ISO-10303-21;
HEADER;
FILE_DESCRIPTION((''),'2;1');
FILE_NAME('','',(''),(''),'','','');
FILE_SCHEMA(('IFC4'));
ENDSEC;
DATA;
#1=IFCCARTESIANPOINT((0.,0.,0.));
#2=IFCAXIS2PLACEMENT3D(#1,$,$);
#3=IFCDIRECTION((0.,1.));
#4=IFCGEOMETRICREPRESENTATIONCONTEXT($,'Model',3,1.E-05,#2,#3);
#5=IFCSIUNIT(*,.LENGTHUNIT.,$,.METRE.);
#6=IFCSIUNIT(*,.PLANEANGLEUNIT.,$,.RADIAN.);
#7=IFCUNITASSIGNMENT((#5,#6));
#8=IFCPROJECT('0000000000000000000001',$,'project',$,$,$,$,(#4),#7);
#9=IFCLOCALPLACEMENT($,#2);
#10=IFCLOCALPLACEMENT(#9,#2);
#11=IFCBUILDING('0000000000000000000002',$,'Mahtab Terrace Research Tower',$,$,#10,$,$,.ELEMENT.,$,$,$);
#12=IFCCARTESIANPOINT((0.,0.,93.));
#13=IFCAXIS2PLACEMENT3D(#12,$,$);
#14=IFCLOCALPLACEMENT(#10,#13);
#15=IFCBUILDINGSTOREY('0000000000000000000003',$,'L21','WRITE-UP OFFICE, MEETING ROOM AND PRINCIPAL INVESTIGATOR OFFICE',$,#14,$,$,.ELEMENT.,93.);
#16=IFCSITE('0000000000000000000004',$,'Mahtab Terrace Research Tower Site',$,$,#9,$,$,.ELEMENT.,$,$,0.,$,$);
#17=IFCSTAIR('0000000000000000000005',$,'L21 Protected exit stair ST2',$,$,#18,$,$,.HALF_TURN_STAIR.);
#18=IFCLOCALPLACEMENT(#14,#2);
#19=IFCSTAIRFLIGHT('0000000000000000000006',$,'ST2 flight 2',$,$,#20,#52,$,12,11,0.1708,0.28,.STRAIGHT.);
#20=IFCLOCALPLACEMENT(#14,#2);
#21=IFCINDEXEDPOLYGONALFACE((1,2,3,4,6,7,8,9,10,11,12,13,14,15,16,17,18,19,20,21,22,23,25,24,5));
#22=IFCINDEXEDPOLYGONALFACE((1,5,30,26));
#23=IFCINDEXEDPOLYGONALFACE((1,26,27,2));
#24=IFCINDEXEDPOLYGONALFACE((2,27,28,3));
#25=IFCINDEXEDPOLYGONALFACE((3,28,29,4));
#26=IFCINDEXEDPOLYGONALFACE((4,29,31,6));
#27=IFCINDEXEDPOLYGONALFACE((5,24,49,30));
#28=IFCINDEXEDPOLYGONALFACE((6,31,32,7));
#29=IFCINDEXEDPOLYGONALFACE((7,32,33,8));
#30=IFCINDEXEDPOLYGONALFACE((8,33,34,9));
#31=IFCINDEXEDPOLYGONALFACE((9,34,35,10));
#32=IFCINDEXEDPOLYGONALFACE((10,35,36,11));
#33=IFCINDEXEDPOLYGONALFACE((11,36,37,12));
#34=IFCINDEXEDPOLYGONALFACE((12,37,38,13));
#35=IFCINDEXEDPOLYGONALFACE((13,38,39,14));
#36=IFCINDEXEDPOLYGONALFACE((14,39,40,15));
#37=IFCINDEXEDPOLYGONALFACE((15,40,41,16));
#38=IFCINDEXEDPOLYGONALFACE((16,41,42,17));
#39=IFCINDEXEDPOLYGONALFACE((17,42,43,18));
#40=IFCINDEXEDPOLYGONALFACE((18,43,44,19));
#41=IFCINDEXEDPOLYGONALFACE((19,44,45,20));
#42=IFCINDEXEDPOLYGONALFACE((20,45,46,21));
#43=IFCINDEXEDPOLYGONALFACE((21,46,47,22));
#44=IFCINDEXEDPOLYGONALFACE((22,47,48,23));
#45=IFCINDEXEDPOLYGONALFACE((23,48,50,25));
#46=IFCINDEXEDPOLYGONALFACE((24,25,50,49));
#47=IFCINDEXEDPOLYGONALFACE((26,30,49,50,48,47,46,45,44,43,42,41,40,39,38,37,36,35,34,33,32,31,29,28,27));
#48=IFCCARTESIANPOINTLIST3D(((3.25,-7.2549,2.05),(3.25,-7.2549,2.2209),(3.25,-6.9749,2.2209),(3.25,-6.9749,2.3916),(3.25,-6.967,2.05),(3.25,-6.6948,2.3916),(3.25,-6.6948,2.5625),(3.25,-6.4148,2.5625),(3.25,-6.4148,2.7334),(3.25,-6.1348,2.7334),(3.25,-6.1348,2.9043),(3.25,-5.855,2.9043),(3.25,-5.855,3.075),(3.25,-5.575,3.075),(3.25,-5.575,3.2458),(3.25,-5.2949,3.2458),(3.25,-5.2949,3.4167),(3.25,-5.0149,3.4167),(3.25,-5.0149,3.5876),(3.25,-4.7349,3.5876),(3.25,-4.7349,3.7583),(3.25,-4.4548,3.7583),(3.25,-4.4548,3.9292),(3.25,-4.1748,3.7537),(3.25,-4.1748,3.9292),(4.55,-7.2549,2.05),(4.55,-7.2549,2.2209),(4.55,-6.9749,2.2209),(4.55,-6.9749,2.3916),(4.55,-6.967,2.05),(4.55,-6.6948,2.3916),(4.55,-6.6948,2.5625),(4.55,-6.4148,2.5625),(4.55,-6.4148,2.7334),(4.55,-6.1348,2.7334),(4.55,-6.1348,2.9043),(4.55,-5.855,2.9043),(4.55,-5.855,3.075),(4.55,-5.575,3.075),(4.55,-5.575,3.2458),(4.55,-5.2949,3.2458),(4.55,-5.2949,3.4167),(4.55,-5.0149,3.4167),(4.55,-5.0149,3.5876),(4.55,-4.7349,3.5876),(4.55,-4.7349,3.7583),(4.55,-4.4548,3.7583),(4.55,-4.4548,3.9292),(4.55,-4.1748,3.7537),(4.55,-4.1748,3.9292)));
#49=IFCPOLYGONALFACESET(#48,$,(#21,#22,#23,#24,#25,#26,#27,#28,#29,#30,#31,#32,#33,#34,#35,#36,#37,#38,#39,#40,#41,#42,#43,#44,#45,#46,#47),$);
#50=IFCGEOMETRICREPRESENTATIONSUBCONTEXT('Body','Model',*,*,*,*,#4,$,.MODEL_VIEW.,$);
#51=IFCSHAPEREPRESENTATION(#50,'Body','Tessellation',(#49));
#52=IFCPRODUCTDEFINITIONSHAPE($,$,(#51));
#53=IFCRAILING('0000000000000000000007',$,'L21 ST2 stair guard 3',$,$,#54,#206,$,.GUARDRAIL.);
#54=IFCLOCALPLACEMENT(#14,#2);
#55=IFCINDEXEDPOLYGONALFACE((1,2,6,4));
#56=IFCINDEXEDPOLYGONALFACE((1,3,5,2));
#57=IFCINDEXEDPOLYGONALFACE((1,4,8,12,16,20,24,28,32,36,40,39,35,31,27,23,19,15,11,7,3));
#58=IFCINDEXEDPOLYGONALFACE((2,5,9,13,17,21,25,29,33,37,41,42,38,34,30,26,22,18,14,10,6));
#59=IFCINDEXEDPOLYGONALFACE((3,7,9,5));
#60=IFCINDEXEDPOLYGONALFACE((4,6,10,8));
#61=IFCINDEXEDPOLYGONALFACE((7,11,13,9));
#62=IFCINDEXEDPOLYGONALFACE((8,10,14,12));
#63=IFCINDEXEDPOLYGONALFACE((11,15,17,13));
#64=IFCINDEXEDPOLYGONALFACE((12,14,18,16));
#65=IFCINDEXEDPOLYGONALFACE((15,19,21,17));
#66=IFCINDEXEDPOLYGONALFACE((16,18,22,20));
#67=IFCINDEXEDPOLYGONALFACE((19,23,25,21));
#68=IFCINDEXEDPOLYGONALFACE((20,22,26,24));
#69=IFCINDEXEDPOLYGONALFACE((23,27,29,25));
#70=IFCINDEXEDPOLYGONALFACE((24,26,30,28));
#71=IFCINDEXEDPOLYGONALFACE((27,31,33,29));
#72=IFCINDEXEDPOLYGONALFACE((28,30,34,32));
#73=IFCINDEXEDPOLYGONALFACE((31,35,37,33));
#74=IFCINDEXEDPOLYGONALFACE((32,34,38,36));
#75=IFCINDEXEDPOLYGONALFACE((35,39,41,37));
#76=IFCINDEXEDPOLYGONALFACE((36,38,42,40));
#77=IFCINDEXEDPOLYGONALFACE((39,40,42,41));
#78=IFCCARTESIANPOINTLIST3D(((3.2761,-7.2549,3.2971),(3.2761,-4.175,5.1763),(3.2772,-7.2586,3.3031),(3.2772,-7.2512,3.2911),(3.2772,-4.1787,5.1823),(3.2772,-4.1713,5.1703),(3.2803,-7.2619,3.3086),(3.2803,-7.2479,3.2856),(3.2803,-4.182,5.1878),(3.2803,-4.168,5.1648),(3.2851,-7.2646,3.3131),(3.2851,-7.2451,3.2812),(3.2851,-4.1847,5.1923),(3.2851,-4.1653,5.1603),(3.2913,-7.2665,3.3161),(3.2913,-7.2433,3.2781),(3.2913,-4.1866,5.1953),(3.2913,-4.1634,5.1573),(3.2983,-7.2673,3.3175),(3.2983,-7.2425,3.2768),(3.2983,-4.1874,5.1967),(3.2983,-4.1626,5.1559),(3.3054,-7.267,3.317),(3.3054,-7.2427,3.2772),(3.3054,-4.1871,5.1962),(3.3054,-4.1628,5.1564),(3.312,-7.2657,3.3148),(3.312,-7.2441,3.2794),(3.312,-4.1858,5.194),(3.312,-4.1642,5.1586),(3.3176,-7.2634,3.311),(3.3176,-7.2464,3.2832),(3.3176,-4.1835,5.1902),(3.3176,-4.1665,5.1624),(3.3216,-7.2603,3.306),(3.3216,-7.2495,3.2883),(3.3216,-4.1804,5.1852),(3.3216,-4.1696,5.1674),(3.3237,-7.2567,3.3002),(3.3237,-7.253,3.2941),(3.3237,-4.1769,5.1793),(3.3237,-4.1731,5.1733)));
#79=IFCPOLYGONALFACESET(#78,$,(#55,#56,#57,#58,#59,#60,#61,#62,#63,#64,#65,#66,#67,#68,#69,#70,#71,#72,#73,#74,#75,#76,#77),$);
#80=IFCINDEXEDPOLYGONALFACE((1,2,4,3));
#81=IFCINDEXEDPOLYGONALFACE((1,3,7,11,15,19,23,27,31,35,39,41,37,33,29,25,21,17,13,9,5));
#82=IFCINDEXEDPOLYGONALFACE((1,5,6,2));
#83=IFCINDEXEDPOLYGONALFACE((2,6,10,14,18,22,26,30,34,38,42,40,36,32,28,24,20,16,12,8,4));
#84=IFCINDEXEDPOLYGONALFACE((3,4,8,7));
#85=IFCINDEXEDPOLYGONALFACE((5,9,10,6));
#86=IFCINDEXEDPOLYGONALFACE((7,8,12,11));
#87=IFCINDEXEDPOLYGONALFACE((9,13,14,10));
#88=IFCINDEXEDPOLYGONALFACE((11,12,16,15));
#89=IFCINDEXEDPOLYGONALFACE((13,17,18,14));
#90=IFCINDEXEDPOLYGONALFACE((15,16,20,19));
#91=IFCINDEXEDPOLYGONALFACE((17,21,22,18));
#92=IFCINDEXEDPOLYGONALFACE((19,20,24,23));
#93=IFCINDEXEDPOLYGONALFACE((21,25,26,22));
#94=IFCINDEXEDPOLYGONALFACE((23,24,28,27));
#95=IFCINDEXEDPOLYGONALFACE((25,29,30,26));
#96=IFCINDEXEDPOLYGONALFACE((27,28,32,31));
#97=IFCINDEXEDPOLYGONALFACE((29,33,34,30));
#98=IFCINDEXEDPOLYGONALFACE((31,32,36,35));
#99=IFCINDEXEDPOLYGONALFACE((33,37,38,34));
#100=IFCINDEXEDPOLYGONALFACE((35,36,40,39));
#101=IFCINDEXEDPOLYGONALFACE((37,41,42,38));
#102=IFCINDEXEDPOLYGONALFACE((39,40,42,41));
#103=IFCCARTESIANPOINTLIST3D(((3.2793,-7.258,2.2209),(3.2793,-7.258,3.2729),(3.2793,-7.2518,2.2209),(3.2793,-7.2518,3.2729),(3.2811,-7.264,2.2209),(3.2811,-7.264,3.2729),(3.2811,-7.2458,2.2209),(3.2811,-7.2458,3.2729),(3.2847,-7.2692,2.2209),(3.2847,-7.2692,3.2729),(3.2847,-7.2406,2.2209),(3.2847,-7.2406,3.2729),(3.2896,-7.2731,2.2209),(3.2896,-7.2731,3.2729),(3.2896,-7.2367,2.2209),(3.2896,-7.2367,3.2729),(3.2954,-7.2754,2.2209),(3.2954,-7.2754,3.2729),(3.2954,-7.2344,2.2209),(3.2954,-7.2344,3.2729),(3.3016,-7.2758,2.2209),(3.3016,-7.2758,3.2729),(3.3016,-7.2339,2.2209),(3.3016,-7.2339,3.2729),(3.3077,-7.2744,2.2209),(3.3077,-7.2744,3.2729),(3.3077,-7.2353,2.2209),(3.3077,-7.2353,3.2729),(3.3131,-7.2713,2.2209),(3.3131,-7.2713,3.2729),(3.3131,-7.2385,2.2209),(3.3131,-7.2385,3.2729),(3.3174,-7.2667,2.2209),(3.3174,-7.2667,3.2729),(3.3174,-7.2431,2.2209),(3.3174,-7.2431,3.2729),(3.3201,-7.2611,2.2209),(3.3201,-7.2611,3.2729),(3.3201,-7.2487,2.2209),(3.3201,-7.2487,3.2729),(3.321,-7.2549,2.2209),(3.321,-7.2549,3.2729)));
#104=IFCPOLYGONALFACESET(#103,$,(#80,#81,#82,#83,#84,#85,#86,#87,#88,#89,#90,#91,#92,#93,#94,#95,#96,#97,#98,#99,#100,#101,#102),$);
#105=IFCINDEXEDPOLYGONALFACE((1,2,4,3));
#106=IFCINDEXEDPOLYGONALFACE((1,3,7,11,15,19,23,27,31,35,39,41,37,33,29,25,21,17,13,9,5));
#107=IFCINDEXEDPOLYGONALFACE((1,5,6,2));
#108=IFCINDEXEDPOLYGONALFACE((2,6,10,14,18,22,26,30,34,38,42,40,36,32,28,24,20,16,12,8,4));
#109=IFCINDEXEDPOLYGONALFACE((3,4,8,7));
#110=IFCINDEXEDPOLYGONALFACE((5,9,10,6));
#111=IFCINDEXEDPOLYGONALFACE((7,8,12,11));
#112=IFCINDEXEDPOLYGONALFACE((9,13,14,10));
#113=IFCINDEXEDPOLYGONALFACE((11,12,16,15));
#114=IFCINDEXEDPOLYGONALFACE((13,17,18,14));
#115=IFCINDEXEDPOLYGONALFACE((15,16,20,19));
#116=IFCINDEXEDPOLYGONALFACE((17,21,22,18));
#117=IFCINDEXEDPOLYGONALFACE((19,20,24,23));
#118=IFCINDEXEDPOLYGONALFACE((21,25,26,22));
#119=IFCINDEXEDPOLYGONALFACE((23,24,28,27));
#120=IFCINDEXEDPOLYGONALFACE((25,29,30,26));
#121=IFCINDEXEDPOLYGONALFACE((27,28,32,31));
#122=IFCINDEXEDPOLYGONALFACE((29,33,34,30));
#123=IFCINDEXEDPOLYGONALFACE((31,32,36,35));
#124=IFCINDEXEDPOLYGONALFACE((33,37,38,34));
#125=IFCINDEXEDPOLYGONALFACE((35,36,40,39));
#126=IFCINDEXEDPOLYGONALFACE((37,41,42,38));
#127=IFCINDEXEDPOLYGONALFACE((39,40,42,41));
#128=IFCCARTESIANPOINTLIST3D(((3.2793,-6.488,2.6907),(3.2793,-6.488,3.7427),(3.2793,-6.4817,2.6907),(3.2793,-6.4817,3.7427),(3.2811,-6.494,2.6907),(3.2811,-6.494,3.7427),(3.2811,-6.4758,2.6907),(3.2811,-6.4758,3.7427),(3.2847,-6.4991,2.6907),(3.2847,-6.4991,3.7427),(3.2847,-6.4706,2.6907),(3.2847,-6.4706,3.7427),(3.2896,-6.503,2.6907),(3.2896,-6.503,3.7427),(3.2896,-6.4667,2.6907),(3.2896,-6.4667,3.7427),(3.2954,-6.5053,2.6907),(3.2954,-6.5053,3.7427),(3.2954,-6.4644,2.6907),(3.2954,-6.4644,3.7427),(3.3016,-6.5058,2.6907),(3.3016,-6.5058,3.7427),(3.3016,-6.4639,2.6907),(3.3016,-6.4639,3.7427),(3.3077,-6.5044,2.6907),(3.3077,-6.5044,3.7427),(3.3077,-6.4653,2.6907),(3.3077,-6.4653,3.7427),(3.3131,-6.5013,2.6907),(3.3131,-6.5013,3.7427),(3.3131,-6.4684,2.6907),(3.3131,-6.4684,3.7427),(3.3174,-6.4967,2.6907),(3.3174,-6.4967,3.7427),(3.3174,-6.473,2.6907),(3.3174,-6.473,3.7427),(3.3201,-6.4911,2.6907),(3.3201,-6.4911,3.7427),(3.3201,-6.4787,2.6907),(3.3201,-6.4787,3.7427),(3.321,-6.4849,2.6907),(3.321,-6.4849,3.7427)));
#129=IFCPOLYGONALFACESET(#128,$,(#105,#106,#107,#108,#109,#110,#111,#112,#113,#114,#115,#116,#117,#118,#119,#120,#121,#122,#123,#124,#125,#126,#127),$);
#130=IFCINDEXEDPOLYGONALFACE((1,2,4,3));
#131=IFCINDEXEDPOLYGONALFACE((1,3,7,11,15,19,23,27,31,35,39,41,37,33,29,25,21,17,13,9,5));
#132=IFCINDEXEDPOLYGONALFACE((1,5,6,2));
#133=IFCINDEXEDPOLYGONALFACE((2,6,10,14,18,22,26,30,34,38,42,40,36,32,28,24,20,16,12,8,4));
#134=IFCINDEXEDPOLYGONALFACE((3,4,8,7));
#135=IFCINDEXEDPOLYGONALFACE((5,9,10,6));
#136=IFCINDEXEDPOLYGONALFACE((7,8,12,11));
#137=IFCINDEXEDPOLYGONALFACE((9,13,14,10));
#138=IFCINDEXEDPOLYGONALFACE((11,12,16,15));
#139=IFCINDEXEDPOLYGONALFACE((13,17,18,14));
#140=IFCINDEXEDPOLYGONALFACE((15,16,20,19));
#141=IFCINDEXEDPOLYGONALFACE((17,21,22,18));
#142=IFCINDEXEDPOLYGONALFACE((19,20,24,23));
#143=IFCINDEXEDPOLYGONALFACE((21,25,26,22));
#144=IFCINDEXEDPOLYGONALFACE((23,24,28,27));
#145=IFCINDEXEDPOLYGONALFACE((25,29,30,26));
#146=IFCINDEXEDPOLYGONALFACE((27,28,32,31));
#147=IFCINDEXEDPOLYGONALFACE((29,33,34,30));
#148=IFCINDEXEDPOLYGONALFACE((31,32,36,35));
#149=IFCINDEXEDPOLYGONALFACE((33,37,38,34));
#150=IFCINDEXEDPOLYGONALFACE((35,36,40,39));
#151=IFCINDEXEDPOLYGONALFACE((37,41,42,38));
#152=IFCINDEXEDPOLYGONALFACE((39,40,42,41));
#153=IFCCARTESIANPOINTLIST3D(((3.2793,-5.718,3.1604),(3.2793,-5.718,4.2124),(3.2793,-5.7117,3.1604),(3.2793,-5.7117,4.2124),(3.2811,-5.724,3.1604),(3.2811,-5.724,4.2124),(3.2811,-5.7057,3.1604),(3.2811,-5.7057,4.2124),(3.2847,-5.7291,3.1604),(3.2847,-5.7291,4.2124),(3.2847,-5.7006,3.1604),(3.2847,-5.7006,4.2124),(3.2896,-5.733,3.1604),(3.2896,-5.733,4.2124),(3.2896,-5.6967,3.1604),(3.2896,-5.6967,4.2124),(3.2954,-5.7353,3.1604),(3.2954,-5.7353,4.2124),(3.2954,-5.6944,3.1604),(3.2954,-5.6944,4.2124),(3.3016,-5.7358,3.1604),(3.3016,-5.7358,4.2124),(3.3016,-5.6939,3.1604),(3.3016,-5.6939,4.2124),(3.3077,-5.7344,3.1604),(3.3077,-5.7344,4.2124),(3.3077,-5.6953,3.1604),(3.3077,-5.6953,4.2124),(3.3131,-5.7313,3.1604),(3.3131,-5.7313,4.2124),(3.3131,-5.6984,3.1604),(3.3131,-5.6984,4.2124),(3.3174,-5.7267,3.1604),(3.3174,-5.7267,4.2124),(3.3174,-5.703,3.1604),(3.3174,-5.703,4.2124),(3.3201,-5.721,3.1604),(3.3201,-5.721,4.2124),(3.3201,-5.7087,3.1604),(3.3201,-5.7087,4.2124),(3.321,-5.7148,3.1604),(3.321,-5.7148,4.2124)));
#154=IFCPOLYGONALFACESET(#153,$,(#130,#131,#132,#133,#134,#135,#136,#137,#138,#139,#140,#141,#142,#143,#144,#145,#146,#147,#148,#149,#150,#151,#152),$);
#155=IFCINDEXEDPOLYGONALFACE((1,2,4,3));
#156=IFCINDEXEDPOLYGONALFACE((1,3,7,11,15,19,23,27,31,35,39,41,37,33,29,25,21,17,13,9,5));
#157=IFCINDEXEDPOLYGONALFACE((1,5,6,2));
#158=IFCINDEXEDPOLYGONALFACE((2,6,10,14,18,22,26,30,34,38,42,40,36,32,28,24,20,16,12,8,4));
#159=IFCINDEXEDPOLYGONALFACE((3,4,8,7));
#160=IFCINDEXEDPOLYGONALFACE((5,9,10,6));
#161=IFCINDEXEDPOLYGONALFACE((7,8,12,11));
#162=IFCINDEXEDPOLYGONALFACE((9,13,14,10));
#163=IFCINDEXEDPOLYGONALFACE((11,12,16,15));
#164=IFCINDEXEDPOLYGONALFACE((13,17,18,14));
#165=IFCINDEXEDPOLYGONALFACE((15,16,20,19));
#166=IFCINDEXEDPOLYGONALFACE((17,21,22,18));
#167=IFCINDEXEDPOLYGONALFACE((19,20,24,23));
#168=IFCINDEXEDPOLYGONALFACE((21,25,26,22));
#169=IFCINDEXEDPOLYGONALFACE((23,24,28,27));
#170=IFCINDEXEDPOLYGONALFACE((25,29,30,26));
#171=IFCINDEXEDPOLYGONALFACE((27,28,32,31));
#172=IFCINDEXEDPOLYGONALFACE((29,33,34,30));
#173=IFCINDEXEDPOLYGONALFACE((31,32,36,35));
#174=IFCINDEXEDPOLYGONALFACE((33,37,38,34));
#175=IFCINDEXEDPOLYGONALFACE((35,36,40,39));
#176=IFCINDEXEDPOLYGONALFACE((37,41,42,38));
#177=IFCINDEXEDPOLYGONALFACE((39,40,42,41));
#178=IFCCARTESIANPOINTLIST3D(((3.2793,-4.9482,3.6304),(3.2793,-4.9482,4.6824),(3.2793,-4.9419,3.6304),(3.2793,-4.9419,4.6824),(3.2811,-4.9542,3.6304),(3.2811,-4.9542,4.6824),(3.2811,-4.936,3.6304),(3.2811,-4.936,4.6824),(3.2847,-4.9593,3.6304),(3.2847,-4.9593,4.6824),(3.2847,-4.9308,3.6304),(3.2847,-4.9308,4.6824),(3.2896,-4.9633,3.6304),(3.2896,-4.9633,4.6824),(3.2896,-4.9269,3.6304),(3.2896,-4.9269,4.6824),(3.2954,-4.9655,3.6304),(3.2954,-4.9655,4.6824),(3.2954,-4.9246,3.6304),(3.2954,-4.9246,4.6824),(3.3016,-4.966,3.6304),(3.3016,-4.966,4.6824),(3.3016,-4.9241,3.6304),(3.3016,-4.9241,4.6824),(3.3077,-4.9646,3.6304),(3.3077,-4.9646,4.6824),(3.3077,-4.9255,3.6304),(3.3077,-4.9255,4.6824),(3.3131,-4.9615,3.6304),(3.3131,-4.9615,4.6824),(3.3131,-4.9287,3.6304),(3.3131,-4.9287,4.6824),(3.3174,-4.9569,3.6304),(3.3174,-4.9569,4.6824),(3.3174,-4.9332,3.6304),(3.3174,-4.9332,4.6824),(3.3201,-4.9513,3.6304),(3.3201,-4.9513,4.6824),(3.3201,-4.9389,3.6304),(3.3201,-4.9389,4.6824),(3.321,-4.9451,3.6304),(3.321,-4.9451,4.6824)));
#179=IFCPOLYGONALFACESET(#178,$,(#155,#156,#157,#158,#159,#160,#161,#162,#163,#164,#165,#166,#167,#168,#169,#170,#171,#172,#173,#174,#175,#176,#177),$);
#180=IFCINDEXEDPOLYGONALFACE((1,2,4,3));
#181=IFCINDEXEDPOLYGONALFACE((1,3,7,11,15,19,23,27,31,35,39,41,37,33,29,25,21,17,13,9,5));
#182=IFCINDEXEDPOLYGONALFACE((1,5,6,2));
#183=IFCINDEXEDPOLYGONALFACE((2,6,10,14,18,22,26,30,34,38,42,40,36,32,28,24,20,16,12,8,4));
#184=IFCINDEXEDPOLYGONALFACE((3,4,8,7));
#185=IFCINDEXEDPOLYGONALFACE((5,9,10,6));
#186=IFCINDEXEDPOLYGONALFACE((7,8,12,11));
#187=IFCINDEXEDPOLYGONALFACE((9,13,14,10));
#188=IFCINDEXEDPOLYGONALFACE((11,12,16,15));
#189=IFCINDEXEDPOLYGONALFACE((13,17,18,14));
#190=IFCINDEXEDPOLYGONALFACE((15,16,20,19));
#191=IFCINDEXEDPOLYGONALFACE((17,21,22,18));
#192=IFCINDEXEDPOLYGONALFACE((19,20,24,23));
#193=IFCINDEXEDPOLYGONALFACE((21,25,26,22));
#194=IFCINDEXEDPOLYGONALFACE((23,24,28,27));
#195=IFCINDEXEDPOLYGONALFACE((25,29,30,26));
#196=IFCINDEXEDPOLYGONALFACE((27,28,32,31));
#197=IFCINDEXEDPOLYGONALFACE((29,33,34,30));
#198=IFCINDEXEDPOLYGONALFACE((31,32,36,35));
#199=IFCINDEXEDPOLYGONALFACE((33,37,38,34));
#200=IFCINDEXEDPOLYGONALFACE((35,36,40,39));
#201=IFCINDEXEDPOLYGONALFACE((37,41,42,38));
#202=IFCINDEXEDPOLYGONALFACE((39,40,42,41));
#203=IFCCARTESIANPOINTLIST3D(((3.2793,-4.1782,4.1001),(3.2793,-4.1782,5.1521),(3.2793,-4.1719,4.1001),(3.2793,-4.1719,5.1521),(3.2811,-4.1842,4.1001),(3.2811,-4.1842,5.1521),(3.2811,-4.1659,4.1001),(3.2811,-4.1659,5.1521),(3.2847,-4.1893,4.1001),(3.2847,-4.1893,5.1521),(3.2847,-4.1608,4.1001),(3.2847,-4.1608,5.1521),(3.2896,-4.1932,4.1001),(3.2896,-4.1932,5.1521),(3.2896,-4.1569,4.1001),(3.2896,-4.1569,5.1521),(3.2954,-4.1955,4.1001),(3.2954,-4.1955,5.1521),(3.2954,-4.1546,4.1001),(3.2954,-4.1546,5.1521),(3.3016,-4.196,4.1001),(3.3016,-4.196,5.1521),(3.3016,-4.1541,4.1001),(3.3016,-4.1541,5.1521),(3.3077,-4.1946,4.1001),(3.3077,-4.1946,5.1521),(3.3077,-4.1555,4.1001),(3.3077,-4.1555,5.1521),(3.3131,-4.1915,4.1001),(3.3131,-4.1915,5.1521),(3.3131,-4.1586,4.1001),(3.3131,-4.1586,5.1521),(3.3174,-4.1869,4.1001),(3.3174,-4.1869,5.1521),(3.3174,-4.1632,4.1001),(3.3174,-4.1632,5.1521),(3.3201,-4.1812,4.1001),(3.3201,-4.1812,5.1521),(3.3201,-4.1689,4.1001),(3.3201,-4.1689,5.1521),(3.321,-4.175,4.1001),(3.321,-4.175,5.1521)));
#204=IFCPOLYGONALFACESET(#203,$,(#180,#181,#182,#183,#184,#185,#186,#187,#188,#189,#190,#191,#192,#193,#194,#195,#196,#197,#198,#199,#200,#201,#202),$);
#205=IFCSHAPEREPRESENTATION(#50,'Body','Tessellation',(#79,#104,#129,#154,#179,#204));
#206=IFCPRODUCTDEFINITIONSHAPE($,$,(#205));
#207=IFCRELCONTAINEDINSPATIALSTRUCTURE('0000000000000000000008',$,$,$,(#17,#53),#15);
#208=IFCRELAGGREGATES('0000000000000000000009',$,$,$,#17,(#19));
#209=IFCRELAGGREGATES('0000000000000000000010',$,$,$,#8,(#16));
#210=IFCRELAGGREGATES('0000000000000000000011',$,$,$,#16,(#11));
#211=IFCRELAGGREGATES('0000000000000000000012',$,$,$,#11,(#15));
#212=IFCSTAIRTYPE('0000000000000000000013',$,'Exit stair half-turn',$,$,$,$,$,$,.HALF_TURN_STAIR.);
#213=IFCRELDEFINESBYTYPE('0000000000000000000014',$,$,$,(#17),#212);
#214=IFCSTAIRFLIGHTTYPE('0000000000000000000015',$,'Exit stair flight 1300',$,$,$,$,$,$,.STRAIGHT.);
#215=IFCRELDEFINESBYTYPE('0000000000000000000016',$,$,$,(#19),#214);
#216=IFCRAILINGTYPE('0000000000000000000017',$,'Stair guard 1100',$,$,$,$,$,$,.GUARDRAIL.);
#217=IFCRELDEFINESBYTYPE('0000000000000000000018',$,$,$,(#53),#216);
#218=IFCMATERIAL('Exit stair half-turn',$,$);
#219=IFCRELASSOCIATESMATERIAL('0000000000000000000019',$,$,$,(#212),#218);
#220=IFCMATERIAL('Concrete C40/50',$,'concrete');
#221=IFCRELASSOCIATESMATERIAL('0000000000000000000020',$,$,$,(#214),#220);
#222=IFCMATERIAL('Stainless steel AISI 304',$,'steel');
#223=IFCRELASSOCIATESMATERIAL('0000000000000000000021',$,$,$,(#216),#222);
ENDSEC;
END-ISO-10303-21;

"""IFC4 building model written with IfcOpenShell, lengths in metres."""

from ifc_helpers import new_model, si_unit, direction, frame, origin, origin_2d, place, context, subcontext, project, spatial, polyline, circle, outline, extrude, material, type_object, element, aggregate, save


model = new_model("IFC4")

# Units and contexts
model_context = context("Model", 3, precision=1e-05, world=origin(), true_north=direction((0.0, 1.0)))
body_context = subcontext(model_context, "Body", "Model", "MODEL_VIEW")
ifc_project = project(units=[si_unit("LENGTHUNIT", "METRE"), si_unit("PLANEANGLEUNIT", "RADIAN")], contexts=[model_context])

# Site, building, storey
site_placement = place(None, origin())
site = spatial("IfcSite", under=ifc_project, at=site_placement, Name="Mahtab Terrace Research Tower Site", CompositionType="ELEMENT", RefElevation=0.0)
building_placement = place(site_placement, origin())
building = spatial("IfcBuilding", under=site, at=building_placement, Name="Mahtab Terrace Research Tower", CompositionType="ELEMENT")
storey_placement = place(building_placement, frame((0.0, 0.0, 93.0)))
storey = spatial("IfcBuildingStorey", under=building, at=storey_placement, Name="L21", Description="WRITE-UP OFFICE, MEETING ROOM AND PRINCIPAL INVESTIGATOR OFFICE", CompositionType="ELEMENT", Elevation=93.0)

# Stair, stair flight
ifc_material_1 = material(Name="Exit stair half-turn")
stair_type = type_object("IfcStairType", Name="Exit stair half-turn", PredefinedType="HALF_TURN_STAIR", material=ifc_material_1)
stair_placement = place(storey_placement, origin())
stair = element("IfcStair", 1, at=stair_placement, inside=storey, type_object=stair_type, Name="L21 Protected exit stair ST2", PredefinedType="HALF_TURN_STAIR")
ifc_material_2 = material(Name="Concrete C40/50", Category="concrete")
stair_flight_type = type_object("IfcStairFlightType", Name="Exit stair flight 1300", PredefinedType="STRAIGHT", material=ifc_material_2)
stair_flight_placement = place(storey_placement, frame((3.8999, -7.2549, 2.05), z_axis=(0.0, 0.0, 1.0), x_axis=(0.0, 1.0, 0.0)))
stair_flight = element("IfcStairFlight", 2, at=stair_flight_placement, type_object=stair_flight_type, Name="ST2 flight 2", NumberOfRisers=12, NumberOfTreads=11, PredefinedType="STRAIGHT", RiserHeight=0.1708, TreadLength=0.28, context=body_context, shape_type="SweptSolid", body=[
    extrude(outline(polyline([(0.0, 0.0), (0.0, 0.1709), (0.28, 0.1709), (0.28, 0.3416), (0.5601, 0.3416), (0.5601, 0.5125), (0.8401, 0.5125), (0.8401, 0.6833), (1.1201, 0.6833), (1.1201, 0.8542), (1.3999, 0.8542), (1.3999, 1.0249), (1.6799, 1.0249), (1.6799, 1.1958), (1.96, 1.1958), (1.96, 1.3667), (2.24, 1.3667), (2.24, 1.5376), (2.52, 1.5376), (2.52, 1.7083), (2.8, 1.7083), (2.8, 1.8792), (3.0801, 1.8792), (3.0801, 2.05), (3.0801, 1.7036), (0.2878, 0.0), (0.0, 0.0)])), frame((0.0, 0.6499, 0.0), z_axis=(0.0, -1.0, 0.0), x_axis=(1.0, 0.0, 0.0)), (0.0, 0.0, 1.0), 1.3),
])
aggregate(stair, [stair_flight])

# Railing
ifc_material_3 = material(Name="Stainless steel AISI 304", Category="steel")
railing_type_1 = type_object("IfcRailingType", Name="Stair guard 1100", PredefinedType="GUARDRAIL", material=ifc_material_3)
railing_1_placement = place(storey_placement, frame((3.3, -7.2549, 2.2209)))
element("IfcRailing", 3, at=railing_1_placement, inside=storey, type_object=railing_type_1, Name="L21 ST2 stair guard 3", PredefinedType="GUARDRAIL", context=body_context, shape_type="SweptSolid", body=[
    extrude(circle(Radius=0.0239, at=origin_2d()), frame((0.0, 0.0, 1.0762), z_axis=(0.0, 0.853648, 0.52085), x_axis=(-1.0, 0.0, 0.0)), (0.0, 0.0, 1.0), 3.6079),
    extrude(circle(Radius=0.021, at=origin_2d()), origin(), (0.0, 0.0, 1.0), 1.052),
    extrude(circle(Radius=0.021, at=origin_2d()), frame((0.0, 0.77, 0.4697)), (0.0, 0.0, 1.0), 1.052),
    extrude(circle(Radius=0.021, at=origin_2d()), frame((0.0, 1.54, 0.9395)), (0.0, 0.0, 1.0), 1.052),
    extrude(circle(Radius=0.021, at=origin_2d()), frame((0.0, 2.3098, 1.4094)), (0.0, 0.0, 1.0), 1.052),
    extrude(circle(Radius=0.021, at=origin_2d()), frame((0.0, 3.0798, 1.8792)), (0.0, 0.0, 1.0), 1.052),
])

save(model, "model.ifc")
